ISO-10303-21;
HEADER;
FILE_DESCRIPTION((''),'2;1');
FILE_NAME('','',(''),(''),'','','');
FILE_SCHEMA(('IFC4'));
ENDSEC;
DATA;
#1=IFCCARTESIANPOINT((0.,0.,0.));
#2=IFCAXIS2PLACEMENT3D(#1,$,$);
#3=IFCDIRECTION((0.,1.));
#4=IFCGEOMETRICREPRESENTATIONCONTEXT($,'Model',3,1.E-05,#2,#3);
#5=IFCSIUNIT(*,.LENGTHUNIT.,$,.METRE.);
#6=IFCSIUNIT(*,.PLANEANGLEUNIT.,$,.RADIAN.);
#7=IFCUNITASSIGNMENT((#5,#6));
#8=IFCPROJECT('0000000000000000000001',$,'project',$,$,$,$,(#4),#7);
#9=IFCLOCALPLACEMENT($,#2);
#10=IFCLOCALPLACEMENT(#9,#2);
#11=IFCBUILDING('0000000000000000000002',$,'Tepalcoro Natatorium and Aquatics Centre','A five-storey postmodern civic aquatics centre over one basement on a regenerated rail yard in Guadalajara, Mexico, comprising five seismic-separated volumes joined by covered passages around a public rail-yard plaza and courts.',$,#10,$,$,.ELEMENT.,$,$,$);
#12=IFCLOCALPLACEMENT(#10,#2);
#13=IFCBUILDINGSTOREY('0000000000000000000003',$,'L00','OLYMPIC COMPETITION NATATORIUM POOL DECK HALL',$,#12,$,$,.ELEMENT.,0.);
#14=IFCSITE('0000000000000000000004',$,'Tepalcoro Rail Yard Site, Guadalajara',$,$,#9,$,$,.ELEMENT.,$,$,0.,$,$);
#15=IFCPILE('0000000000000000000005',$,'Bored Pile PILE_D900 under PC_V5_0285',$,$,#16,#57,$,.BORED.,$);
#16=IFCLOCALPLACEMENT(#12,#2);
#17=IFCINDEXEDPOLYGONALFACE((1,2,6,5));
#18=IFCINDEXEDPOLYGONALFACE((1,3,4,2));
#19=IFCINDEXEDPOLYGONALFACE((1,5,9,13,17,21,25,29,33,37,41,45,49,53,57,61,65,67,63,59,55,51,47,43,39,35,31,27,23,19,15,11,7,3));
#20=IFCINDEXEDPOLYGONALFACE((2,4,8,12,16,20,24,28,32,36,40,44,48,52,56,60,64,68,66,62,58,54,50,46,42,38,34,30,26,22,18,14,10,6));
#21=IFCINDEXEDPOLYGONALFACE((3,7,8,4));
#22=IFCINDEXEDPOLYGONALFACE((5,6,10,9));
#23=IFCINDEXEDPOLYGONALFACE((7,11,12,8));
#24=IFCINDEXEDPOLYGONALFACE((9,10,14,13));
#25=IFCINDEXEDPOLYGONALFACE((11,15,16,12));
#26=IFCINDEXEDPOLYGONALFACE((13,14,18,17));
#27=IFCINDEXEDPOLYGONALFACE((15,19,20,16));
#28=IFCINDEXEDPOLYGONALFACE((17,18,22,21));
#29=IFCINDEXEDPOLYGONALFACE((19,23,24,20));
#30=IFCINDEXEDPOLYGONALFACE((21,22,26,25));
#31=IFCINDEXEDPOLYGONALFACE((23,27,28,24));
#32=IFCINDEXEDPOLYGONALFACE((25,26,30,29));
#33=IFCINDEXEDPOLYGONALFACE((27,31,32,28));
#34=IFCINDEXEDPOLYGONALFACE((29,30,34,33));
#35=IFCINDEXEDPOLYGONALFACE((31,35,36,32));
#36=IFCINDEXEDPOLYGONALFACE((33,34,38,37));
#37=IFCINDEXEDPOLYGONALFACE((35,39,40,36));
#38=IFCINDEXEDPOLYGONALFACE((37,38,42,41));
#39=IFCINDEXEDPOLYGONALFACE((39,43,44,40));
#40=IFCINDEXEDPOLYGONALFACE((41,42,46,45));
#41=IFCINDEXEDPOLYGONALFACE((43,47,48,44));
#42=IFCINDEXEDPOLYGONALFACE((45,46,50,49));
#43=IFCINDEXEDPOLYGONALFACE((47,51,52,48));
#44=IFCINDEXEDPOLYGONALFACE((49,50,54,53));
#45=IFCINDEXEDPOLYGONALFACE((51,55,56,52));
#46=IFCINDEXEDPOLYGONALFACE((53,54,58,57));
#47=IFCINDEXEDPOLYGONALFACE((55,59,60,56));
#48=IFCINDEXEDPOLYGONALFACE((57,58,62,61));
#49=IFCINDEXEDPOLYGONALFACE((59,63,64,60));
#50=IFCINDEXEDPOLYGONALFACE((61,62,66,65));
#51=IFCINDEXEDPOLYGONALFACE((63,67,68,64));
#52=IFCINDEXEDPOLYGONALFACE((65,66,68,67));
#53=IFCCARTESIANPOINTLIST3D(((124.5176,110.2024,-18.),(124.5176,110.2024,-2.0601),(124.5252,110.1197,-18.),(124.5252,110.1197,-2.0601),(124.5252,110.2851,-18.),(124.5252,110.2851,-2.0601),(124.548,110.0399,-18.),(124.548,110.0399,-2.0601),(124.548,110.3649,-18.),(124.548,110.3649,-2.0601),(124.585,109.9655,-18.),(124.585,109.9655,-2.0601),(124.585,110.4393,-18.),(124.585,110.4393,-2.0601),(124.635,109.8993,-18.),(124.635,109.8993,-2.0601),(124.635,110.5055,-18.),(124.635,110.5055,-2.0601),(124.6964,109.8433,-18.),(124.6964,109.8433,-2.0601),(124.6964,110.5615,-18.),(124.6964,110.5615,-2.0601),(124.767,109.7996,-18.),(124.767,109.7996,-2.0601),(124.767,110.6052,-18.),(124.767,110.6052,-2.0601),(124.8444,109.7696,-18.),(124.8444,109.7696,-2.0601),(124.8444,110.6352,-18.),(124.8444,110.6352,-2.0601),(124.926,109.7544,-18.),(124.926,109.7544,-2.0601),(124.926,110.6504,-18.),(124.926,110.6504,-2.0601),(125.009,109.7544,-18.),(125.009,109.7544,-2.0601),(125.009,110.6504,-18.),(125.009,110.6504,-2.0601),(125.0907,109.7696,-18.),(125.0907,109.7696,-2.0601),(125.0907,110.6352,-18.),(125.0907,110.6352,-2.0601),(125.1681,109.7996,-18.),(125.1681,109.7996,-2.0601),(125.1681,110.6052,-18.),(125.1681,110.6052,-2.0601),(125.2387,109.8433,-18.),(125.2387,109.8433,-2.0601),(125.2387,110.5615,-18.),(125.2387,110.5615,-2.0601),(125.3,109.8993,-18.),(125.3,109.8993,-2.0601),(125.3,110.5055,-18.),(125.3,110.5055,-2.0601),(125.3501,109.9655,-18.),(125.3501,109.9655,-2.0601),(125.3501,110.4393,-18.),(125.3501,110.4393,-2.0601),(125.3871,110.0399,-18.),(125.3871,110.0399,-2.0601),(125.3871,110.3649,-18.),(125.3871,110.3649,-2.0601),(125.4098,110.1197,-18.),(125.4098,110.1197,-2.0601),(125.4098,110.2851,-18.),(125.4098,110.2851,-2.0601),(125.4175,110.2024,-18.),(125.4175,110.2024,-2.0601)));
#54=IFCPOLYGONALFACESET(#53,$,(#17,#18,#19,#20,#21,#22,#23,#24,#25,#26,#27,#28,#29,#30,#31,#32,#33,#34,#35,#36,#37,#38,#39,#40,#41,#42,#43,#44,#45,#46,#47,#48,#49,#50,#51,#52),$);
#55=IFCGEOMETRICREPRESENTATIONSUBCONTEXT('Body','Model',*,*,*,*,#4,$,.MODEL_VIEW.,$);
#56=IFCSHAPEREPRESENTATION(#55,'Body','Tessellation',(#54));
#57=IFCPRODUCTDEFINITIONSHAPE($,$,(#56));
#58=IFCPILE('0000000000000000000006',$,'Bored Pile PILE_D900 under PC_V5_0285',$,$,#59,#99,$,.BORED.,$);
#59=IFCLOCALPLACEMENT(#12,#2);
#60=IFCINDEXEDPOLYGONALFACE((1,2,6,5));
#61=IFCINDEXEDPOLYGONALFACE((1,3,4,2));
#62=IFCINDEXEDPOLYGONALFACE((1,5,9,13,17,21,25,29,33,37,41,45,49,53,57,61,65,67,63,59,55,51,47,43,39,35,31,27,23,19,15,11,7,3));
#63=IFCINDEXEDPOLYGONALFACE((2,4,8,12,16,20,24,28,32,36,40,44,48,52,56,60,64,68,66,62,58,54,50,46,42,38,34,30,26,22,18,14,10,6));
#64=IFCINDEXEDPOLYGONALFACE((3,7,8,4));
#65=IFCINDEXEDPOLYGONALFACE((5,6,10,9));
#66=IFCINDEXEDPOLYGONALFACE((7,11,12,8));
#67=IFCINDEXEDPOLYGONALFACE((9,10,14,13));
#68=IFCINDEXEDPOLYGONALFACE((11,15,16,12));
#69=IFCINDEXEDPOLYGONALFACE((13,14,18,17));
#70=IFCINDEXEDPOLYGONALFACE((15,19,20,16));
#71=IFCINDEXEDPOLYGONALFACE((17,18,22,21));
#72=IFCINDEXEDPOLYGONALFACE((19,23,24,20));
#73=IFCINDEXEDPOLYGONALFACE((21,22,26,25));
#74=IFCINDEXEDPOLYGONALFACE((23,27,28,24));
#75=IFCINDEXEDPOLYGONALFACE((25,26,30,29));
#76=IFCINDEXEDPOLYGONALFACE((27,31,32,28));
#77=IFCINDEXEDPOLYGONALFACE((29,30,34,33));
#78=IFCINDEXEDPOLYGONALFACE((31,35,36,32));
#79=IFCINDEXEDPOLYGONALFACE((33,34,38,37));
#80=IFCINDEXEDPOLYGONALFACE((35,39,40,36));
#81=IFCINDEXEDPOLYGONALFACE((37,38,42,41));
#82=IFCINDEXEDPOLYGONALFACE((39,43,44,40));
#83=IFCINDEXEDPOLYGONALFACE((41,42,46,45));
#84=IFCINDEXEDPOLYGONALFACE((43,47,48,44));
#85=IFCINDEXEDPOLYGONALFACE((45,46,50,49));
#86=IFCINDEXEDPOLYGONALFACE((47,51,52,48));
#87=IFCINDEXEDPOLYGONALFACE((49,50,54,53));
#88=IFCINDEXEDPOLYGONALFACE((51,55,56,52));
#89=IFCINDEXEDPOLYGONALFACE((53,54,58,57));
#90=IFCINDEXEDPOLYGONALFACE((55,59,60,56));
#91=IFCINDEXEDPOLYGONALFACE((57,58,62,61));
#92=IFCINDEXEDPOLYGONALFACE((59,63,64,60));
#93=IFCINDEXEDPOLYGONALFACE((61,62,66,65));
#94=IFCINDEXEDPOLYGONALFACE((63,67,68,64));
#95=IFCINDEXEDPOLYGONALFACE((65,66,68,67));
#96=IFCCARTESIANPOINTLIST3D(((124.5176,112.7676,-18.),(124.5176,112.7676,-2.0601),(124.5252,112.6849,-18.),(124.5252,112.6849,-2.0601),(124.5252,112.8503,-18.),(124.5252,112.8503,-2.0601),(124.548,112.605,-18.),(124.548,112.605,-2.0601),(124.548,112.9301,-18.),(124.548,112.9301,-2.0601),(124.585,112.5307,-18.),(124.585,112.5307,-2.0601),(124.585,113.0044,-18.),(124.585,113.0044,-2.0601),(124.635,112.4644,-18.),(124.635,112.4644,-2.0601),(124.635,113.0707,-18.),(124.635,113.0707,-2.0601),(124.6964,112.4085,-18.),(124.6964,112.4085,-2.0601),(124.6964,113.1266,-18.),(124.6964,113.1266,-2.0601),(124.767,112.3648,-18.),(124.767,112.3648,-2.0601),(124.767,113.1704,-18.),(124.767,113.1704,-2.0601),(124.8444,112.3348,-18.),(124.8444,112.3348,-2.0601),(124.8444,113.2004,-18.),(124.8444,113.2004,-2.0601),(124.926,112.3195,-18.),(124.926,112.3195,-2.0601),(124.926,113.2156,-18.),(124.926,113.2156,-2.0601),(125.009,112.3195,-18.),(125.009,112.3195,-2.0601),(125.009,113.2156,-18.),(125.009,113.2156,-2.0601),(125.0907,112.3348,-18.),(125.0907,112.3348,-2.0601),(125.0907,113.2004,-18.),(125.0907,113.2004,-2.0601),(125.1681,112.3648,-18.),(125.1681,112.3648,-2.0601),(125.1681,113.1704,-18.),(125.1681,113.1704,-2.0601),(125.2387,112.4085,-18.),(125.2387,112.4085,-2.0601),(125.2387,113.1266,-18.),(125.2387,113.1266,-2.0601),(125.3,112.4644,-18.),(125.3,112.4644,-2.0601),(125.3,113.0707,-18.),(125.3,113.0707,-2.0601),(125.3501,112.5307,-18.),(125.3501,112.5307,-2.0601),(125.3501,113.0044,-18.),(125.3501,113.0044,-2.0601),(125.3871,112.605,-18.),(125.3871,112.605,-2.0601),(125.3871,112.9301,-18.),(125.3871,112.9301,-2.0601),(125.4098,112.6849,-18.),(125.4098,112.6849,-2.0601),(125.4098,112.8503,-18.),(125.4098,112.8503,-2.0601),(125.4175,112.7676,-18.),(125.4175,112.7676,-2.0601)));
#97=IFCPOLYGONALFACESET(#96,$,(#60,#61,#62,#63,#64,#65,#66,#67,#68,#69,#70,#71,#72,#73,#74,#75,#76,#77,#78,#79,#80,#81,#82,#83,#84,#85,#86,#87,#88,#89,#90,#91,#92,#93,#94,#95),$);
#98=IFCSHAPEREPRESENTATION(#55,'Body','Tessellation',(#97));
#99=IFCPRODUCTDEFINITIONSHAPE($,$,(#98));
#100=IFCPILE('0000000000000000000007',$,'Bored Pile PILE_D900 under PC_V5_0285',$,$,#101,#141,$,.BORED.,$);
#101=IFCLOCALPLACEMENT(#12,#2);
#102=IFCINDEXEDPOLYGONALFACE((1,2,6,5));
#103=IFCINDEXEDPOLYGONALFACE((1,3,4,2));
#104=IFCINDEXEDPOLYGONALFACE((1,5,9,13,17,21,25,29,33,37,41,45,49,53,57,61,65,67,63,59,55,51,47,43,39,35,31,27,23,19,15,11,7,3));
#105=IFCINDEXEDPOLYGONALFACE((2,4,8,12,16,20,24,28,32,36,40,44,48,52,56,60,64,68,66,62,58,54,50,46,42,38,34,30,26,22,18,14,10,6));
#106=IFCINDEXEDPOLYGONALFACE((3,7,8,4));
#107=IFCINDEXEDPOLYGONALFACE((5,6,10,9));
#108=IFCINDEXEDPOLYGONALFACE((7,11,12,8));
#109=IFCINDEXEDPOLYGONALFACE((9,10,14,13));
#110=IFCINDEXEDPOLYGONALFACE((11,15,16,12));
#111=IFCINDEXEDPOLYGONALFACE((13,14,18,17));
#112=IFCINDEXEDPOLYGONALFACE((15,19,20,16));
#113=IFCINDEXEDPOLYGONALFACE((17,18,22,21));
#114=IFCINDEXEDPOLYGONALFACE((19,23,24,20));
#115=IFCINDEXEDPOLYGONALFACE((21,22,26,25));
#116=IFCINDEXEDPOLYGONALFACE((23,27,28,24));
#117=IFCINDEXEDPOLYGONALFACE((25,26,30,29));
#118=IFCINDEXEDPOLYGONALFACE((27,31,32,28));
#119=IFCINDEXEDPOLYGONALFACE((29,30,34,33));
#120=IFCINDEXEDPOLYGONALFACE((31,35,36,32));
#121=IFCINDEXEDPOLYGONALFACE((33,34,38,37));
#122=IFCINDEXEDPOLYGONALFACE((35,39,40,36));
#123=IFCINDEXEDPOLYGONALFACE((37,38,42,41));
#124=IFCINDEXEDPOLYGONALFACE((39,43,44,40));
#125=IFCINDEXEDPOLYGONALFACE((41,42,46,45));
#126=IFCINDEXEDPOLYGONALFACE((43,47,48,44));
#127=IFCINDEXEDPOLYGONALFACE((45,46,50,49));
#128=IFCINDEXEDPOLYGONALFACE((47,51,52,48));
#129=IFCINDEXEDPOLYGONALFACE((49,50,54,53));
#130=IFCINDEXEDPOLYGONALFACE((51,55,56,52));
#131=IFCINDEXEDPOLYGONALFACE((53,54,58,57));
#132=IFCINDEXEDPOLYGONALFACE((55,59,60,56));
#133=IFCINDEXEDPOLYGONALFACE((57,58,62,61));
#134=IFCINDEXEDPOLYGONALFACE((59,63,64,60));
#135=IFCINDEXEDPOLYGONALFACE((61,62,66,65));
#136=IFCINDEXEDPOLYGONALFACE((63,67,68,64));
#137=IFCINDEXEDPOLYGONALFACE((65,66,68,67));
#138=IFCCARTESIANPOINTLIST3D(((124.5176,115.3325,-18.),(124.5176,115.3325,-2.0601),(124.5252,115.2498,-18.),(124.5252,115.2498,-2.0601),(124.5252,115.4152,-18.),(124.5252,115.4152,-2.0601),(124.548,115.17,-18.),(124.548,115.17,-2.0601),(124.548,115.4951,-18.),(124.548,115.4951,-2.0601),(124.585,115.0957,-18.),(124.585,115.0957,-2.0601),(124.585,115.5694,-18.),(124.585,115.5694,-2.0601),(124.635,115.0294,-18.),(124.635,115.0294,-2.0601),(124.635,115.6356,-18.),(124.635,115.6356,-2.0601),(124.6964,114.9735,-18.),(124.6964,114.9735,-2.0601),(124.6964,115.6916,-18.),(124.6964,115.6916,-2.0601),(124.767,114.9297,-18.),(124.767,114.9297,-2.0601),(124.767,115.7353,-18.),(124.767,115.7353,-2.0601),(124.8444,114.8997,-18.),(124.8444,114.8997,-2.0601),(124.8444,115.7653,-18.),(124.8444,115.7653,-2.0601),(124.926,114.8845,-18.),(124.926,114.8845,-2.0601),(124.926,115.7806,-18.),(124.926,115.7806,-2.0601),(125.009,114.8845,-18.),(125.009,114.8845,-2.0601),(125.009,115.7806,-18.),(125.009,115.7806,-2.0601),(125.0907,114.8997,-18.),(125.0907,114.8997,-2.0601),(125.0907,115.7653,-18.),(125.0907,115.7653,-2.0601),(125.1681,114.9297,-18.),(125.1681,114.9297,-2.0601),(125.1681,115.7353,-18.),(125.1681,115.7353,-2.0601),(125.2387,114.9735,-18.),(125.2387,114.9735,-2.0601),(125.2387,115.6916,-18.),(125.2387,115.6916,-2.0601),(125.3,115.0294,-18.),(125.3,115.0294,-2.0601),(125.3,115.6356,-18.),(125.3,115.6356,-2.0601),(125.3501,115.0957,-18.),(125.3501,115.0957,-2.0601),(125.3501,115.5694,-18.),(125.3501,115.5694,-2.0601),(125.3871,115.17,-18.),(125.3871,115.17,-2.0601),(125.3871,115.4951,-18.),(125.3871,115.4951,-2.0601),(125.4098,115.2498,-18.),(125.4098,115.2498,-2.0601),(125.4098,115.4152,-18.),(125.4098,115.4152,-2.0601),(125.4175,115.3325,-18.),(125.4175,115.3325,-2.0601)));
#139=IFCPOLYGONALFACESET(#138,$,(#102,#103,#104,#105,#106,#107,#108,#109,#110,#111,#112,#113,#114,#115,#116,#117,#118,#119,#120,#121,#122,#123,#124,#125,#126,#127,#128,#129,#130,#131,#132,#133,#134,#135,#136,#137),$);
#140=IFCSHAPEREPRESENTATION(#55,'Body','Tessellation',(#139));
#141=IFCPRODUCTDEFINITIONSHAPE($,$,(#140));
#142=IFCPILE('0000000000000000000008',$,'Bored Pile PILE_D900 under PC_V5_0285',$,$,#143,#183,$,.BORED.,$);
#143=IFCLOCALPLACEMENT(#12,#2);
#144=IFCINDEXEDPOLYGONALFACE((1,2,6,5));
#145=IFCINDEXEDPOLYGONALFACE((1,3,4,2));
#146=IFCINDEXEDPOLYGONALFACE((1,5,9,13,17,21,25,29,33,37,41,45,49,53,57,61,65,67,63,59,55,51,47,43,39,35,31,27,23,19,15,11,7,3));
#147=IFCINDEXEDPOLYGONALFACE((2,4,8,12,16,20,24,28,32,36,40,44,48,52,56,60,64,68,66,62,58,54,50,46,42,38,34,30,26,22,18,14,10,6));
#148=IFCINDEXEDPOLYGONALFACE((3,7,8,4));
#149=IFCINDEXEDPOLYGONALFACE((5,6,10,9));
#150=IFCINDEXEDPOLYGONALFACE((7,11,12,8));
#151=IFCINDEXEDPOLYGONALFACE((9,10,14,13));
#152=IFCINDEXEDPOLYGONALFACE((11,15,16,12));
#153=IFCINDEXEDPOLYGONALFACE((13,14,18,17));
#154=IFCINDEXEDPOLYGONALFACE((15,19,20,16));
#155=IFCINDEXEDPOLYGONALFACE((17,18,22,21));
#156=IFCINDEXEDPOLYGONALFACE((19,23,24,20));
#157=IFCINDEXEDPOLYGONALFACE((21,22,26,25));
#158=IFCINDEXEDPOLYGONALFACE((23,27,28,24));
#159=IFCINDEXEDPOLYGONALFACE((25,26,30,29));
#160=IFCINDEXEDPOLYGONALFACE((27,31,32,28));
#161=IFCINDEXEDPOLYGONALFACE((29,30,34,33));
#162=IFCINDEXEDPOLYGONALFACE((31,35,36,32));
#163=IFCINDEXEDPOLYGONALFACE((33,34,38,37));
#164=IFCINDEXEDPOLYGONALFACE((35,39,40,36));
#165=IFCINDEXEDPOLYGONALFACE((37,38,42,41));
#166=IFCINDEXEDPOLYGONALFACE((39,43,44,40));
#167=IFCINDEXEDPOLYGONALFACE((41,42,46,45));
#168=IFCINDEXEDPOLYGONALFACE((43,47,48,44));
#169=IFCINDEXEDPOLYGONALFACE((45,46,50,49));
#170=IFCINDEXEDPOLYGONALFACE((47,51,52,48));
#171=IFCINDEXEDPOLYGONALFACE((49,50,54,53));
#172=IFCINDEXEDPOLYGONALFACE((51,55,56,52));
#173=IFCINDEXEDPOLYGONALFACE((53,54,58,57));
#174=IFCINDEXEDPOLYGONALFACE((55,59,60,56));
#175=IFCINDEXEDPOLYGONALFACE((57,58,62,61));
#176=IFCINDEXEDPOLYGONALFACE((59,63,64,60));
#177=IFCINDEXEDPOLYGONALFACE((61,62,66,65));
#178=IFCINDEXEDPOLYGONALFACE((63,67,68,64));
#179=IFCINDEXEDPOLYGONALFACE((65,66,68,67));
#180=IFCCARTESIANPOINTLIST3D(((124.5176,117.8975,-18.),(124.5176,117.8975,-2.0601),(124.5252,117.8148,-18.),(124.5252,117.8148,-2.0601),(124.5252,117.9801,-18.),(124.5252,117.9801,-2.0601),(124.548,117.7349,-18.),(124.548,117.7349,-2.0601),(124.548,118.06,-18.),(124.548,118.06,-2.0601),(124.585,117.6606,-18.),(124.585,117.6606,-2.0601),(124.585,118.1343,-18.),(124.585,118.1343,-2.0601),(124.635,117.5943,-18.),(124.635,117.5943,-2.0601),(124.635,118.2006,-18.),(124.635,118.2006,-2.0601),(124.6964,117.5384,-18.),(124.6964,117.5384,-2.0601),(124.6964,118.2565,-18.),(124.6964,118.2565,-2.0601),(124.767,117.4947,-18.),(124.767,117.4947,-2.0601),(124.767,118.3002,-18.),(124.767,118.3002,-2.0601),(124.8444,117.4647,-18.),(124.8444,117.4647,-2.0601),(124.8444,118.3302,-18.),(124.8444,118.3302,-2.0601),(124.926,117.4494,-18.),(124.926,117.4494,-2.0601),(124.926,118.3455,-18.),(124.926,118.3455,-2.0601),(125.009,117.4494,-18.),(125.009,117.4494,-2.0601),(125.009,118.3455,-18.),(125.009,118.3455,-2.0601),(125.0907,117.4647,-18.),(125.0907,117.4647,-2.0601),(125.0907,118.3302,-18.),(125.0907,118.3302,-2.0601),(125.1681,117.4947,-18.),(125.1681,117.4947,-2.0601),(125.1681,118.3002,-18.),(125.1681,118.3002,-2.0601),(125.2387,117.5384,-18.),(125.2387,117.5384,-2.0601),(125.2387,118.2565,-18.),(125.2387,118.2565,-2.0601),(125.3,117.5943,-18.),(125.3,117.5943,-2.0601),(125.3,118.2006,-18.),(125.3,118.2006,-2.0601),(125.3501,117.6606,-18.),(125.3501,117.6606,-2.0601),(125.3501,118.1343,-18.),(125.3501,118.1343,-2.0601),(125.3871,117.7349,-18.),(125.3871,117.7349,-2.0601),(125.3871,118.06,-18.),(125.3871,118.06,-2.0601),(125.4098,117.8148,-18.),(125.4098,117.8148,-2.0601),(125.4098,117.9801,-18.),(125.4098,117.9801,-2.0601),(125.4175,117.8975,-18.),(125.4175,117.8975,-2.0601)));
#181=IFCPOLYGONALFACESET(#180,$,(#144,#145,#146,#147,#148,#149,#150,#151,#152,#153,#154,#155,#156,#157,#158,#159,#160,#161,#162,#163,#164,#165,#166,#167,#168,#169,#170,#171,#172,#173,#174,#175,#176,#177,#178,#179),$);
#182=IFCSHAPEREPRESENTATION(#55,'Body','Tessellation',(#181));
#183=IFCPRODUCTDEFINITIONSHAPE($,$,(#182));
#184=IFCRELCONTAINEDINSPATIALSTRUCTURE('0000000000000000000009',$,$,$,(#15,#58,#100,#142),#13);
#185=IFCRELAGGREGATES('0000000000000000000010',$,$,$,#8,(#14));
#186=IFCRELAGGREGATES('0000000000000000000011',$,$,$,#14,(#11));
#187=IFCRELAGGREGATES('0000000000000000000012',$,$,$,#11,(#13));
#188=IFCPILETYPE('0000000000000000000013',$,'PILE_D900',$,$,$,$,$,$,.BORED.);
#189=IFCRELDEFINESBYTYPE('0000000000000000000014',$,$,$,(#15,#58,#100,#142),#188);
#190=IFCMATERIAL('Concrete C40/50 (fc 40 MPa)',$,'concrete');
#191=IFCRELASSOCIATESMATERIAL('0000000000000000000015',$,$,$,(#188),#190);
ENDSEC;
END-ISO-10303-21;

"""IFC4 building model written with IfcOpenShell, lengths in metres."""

from ifc_helpers import new_model, si_unit, direction, frame, origin, origin_2d, place, context, subcontext, project, spatial, circle, extrude, material, material_profile, profile_set, type_object, element, save


model = new_model("IFC4")

# Units and contexts
model_context = context("Model", 3, precision=1e-05, world=origin(), true_north=direction((0.0, 1.0)))
body_context = subcontext(model_context, "Body", "Model", "MODEL_VIEW")
ifc_project = project(units=[si_unit("LENGTHUNIT", "METRE"), si_unit("PLANEANGLEUNIT", "RADIAN")], contexts=[model_context])

# Site, building, storey
site_placement = place(None, origin())
site = spatial("IfcSite", under=ifc_project, at=site_placement, Name="Tepalcoro Rail Yard Site, Guadalajara", CompositionType="ELEMENT", RefElevation=0.0)
building_placement = place(site_placement, origin())
building = spatial("IfcBuilding", under=site, at=building_placement, Name="Tepalcoro Natatorium and Aquatics Centre", Description="A five-storey postmodern civic aquatics centre over one basement on a regenerated rail yard in Guadalajara, Mexico, comprising five seismic-separated volumes joined by covered passages around a public rail-yard plaza and courts.", CompositionType="ELEMENT")
storey_placement = place(building_placement, origin())
storey = spatial("IfcBuildingStorey", under=building, at=storey_placement, Name="L00", Description="OLYMPIC COMPETITION NATATORIUM POOL DECK HALL", CompositionType="ELEMENT", Elevation=0.0)

# Piles
ifc_material_1 = material(Name="Concrete C40/50 (fc 40 MPa)", Category="concrete")
ifc_material_profile_1 = material_profile(ifc_material_1, circle(Radius=0.45, at=origin_2d()), Name="PILE_D900")
ifc_profile_set_1 = profile_set([ifc_material_profile_1], Name="Concrete C40/50 (fc 40 MPa)")
pile_type = type_object("IfcPileType", Name="PILE_D900", PredefinedType="BORED", material=ifc_profile_set_1)
for number, where, z_axis, x_axis, name in (
    (1, (124.9675, 110.2024, -2.0601), (0.0, 0.0, -1.0), (1.0, 0.0, 0.0), "Bored Pile PILE_D900 under PC_V5_0285"),
    (2, (124.9675, 112.7676, -2.0601), (0.0, 0.0, -1.0), (1.0, 0.0, 0.0), "Bored Pile PILE_D900 under PC_V5_0285"),
    (3, (124.9675, 115.3325, -2.0601), (0.0, 0.0, -1.0), (1.0, 0.0, 0.0), "Bored Pile PILE_D900 under PC_V5_0285"),
    (4, (124.9675, 117.8975, -2.0601), (0.0, 0.0, -1.0), (1.0, 0.0, 0.0), "Bored Pile PILE_D900 under PC_V5_0285"),
):
    element("IfcPile", number, at=place(storey_placement, frame(where, z_axis=z_axis, x_axis=x_axis)), inside=storey, type_object=pile_type, Name=name, PredefinedType="BORED", context=body_context, shape_type="SweptSolid", body=[
        extrude(circle(Radius=0.45, at=origin_2d()), origin(), (0.0, 0.0, 1.0), 15.9399),
    ])

save(model, "model.ifc")
